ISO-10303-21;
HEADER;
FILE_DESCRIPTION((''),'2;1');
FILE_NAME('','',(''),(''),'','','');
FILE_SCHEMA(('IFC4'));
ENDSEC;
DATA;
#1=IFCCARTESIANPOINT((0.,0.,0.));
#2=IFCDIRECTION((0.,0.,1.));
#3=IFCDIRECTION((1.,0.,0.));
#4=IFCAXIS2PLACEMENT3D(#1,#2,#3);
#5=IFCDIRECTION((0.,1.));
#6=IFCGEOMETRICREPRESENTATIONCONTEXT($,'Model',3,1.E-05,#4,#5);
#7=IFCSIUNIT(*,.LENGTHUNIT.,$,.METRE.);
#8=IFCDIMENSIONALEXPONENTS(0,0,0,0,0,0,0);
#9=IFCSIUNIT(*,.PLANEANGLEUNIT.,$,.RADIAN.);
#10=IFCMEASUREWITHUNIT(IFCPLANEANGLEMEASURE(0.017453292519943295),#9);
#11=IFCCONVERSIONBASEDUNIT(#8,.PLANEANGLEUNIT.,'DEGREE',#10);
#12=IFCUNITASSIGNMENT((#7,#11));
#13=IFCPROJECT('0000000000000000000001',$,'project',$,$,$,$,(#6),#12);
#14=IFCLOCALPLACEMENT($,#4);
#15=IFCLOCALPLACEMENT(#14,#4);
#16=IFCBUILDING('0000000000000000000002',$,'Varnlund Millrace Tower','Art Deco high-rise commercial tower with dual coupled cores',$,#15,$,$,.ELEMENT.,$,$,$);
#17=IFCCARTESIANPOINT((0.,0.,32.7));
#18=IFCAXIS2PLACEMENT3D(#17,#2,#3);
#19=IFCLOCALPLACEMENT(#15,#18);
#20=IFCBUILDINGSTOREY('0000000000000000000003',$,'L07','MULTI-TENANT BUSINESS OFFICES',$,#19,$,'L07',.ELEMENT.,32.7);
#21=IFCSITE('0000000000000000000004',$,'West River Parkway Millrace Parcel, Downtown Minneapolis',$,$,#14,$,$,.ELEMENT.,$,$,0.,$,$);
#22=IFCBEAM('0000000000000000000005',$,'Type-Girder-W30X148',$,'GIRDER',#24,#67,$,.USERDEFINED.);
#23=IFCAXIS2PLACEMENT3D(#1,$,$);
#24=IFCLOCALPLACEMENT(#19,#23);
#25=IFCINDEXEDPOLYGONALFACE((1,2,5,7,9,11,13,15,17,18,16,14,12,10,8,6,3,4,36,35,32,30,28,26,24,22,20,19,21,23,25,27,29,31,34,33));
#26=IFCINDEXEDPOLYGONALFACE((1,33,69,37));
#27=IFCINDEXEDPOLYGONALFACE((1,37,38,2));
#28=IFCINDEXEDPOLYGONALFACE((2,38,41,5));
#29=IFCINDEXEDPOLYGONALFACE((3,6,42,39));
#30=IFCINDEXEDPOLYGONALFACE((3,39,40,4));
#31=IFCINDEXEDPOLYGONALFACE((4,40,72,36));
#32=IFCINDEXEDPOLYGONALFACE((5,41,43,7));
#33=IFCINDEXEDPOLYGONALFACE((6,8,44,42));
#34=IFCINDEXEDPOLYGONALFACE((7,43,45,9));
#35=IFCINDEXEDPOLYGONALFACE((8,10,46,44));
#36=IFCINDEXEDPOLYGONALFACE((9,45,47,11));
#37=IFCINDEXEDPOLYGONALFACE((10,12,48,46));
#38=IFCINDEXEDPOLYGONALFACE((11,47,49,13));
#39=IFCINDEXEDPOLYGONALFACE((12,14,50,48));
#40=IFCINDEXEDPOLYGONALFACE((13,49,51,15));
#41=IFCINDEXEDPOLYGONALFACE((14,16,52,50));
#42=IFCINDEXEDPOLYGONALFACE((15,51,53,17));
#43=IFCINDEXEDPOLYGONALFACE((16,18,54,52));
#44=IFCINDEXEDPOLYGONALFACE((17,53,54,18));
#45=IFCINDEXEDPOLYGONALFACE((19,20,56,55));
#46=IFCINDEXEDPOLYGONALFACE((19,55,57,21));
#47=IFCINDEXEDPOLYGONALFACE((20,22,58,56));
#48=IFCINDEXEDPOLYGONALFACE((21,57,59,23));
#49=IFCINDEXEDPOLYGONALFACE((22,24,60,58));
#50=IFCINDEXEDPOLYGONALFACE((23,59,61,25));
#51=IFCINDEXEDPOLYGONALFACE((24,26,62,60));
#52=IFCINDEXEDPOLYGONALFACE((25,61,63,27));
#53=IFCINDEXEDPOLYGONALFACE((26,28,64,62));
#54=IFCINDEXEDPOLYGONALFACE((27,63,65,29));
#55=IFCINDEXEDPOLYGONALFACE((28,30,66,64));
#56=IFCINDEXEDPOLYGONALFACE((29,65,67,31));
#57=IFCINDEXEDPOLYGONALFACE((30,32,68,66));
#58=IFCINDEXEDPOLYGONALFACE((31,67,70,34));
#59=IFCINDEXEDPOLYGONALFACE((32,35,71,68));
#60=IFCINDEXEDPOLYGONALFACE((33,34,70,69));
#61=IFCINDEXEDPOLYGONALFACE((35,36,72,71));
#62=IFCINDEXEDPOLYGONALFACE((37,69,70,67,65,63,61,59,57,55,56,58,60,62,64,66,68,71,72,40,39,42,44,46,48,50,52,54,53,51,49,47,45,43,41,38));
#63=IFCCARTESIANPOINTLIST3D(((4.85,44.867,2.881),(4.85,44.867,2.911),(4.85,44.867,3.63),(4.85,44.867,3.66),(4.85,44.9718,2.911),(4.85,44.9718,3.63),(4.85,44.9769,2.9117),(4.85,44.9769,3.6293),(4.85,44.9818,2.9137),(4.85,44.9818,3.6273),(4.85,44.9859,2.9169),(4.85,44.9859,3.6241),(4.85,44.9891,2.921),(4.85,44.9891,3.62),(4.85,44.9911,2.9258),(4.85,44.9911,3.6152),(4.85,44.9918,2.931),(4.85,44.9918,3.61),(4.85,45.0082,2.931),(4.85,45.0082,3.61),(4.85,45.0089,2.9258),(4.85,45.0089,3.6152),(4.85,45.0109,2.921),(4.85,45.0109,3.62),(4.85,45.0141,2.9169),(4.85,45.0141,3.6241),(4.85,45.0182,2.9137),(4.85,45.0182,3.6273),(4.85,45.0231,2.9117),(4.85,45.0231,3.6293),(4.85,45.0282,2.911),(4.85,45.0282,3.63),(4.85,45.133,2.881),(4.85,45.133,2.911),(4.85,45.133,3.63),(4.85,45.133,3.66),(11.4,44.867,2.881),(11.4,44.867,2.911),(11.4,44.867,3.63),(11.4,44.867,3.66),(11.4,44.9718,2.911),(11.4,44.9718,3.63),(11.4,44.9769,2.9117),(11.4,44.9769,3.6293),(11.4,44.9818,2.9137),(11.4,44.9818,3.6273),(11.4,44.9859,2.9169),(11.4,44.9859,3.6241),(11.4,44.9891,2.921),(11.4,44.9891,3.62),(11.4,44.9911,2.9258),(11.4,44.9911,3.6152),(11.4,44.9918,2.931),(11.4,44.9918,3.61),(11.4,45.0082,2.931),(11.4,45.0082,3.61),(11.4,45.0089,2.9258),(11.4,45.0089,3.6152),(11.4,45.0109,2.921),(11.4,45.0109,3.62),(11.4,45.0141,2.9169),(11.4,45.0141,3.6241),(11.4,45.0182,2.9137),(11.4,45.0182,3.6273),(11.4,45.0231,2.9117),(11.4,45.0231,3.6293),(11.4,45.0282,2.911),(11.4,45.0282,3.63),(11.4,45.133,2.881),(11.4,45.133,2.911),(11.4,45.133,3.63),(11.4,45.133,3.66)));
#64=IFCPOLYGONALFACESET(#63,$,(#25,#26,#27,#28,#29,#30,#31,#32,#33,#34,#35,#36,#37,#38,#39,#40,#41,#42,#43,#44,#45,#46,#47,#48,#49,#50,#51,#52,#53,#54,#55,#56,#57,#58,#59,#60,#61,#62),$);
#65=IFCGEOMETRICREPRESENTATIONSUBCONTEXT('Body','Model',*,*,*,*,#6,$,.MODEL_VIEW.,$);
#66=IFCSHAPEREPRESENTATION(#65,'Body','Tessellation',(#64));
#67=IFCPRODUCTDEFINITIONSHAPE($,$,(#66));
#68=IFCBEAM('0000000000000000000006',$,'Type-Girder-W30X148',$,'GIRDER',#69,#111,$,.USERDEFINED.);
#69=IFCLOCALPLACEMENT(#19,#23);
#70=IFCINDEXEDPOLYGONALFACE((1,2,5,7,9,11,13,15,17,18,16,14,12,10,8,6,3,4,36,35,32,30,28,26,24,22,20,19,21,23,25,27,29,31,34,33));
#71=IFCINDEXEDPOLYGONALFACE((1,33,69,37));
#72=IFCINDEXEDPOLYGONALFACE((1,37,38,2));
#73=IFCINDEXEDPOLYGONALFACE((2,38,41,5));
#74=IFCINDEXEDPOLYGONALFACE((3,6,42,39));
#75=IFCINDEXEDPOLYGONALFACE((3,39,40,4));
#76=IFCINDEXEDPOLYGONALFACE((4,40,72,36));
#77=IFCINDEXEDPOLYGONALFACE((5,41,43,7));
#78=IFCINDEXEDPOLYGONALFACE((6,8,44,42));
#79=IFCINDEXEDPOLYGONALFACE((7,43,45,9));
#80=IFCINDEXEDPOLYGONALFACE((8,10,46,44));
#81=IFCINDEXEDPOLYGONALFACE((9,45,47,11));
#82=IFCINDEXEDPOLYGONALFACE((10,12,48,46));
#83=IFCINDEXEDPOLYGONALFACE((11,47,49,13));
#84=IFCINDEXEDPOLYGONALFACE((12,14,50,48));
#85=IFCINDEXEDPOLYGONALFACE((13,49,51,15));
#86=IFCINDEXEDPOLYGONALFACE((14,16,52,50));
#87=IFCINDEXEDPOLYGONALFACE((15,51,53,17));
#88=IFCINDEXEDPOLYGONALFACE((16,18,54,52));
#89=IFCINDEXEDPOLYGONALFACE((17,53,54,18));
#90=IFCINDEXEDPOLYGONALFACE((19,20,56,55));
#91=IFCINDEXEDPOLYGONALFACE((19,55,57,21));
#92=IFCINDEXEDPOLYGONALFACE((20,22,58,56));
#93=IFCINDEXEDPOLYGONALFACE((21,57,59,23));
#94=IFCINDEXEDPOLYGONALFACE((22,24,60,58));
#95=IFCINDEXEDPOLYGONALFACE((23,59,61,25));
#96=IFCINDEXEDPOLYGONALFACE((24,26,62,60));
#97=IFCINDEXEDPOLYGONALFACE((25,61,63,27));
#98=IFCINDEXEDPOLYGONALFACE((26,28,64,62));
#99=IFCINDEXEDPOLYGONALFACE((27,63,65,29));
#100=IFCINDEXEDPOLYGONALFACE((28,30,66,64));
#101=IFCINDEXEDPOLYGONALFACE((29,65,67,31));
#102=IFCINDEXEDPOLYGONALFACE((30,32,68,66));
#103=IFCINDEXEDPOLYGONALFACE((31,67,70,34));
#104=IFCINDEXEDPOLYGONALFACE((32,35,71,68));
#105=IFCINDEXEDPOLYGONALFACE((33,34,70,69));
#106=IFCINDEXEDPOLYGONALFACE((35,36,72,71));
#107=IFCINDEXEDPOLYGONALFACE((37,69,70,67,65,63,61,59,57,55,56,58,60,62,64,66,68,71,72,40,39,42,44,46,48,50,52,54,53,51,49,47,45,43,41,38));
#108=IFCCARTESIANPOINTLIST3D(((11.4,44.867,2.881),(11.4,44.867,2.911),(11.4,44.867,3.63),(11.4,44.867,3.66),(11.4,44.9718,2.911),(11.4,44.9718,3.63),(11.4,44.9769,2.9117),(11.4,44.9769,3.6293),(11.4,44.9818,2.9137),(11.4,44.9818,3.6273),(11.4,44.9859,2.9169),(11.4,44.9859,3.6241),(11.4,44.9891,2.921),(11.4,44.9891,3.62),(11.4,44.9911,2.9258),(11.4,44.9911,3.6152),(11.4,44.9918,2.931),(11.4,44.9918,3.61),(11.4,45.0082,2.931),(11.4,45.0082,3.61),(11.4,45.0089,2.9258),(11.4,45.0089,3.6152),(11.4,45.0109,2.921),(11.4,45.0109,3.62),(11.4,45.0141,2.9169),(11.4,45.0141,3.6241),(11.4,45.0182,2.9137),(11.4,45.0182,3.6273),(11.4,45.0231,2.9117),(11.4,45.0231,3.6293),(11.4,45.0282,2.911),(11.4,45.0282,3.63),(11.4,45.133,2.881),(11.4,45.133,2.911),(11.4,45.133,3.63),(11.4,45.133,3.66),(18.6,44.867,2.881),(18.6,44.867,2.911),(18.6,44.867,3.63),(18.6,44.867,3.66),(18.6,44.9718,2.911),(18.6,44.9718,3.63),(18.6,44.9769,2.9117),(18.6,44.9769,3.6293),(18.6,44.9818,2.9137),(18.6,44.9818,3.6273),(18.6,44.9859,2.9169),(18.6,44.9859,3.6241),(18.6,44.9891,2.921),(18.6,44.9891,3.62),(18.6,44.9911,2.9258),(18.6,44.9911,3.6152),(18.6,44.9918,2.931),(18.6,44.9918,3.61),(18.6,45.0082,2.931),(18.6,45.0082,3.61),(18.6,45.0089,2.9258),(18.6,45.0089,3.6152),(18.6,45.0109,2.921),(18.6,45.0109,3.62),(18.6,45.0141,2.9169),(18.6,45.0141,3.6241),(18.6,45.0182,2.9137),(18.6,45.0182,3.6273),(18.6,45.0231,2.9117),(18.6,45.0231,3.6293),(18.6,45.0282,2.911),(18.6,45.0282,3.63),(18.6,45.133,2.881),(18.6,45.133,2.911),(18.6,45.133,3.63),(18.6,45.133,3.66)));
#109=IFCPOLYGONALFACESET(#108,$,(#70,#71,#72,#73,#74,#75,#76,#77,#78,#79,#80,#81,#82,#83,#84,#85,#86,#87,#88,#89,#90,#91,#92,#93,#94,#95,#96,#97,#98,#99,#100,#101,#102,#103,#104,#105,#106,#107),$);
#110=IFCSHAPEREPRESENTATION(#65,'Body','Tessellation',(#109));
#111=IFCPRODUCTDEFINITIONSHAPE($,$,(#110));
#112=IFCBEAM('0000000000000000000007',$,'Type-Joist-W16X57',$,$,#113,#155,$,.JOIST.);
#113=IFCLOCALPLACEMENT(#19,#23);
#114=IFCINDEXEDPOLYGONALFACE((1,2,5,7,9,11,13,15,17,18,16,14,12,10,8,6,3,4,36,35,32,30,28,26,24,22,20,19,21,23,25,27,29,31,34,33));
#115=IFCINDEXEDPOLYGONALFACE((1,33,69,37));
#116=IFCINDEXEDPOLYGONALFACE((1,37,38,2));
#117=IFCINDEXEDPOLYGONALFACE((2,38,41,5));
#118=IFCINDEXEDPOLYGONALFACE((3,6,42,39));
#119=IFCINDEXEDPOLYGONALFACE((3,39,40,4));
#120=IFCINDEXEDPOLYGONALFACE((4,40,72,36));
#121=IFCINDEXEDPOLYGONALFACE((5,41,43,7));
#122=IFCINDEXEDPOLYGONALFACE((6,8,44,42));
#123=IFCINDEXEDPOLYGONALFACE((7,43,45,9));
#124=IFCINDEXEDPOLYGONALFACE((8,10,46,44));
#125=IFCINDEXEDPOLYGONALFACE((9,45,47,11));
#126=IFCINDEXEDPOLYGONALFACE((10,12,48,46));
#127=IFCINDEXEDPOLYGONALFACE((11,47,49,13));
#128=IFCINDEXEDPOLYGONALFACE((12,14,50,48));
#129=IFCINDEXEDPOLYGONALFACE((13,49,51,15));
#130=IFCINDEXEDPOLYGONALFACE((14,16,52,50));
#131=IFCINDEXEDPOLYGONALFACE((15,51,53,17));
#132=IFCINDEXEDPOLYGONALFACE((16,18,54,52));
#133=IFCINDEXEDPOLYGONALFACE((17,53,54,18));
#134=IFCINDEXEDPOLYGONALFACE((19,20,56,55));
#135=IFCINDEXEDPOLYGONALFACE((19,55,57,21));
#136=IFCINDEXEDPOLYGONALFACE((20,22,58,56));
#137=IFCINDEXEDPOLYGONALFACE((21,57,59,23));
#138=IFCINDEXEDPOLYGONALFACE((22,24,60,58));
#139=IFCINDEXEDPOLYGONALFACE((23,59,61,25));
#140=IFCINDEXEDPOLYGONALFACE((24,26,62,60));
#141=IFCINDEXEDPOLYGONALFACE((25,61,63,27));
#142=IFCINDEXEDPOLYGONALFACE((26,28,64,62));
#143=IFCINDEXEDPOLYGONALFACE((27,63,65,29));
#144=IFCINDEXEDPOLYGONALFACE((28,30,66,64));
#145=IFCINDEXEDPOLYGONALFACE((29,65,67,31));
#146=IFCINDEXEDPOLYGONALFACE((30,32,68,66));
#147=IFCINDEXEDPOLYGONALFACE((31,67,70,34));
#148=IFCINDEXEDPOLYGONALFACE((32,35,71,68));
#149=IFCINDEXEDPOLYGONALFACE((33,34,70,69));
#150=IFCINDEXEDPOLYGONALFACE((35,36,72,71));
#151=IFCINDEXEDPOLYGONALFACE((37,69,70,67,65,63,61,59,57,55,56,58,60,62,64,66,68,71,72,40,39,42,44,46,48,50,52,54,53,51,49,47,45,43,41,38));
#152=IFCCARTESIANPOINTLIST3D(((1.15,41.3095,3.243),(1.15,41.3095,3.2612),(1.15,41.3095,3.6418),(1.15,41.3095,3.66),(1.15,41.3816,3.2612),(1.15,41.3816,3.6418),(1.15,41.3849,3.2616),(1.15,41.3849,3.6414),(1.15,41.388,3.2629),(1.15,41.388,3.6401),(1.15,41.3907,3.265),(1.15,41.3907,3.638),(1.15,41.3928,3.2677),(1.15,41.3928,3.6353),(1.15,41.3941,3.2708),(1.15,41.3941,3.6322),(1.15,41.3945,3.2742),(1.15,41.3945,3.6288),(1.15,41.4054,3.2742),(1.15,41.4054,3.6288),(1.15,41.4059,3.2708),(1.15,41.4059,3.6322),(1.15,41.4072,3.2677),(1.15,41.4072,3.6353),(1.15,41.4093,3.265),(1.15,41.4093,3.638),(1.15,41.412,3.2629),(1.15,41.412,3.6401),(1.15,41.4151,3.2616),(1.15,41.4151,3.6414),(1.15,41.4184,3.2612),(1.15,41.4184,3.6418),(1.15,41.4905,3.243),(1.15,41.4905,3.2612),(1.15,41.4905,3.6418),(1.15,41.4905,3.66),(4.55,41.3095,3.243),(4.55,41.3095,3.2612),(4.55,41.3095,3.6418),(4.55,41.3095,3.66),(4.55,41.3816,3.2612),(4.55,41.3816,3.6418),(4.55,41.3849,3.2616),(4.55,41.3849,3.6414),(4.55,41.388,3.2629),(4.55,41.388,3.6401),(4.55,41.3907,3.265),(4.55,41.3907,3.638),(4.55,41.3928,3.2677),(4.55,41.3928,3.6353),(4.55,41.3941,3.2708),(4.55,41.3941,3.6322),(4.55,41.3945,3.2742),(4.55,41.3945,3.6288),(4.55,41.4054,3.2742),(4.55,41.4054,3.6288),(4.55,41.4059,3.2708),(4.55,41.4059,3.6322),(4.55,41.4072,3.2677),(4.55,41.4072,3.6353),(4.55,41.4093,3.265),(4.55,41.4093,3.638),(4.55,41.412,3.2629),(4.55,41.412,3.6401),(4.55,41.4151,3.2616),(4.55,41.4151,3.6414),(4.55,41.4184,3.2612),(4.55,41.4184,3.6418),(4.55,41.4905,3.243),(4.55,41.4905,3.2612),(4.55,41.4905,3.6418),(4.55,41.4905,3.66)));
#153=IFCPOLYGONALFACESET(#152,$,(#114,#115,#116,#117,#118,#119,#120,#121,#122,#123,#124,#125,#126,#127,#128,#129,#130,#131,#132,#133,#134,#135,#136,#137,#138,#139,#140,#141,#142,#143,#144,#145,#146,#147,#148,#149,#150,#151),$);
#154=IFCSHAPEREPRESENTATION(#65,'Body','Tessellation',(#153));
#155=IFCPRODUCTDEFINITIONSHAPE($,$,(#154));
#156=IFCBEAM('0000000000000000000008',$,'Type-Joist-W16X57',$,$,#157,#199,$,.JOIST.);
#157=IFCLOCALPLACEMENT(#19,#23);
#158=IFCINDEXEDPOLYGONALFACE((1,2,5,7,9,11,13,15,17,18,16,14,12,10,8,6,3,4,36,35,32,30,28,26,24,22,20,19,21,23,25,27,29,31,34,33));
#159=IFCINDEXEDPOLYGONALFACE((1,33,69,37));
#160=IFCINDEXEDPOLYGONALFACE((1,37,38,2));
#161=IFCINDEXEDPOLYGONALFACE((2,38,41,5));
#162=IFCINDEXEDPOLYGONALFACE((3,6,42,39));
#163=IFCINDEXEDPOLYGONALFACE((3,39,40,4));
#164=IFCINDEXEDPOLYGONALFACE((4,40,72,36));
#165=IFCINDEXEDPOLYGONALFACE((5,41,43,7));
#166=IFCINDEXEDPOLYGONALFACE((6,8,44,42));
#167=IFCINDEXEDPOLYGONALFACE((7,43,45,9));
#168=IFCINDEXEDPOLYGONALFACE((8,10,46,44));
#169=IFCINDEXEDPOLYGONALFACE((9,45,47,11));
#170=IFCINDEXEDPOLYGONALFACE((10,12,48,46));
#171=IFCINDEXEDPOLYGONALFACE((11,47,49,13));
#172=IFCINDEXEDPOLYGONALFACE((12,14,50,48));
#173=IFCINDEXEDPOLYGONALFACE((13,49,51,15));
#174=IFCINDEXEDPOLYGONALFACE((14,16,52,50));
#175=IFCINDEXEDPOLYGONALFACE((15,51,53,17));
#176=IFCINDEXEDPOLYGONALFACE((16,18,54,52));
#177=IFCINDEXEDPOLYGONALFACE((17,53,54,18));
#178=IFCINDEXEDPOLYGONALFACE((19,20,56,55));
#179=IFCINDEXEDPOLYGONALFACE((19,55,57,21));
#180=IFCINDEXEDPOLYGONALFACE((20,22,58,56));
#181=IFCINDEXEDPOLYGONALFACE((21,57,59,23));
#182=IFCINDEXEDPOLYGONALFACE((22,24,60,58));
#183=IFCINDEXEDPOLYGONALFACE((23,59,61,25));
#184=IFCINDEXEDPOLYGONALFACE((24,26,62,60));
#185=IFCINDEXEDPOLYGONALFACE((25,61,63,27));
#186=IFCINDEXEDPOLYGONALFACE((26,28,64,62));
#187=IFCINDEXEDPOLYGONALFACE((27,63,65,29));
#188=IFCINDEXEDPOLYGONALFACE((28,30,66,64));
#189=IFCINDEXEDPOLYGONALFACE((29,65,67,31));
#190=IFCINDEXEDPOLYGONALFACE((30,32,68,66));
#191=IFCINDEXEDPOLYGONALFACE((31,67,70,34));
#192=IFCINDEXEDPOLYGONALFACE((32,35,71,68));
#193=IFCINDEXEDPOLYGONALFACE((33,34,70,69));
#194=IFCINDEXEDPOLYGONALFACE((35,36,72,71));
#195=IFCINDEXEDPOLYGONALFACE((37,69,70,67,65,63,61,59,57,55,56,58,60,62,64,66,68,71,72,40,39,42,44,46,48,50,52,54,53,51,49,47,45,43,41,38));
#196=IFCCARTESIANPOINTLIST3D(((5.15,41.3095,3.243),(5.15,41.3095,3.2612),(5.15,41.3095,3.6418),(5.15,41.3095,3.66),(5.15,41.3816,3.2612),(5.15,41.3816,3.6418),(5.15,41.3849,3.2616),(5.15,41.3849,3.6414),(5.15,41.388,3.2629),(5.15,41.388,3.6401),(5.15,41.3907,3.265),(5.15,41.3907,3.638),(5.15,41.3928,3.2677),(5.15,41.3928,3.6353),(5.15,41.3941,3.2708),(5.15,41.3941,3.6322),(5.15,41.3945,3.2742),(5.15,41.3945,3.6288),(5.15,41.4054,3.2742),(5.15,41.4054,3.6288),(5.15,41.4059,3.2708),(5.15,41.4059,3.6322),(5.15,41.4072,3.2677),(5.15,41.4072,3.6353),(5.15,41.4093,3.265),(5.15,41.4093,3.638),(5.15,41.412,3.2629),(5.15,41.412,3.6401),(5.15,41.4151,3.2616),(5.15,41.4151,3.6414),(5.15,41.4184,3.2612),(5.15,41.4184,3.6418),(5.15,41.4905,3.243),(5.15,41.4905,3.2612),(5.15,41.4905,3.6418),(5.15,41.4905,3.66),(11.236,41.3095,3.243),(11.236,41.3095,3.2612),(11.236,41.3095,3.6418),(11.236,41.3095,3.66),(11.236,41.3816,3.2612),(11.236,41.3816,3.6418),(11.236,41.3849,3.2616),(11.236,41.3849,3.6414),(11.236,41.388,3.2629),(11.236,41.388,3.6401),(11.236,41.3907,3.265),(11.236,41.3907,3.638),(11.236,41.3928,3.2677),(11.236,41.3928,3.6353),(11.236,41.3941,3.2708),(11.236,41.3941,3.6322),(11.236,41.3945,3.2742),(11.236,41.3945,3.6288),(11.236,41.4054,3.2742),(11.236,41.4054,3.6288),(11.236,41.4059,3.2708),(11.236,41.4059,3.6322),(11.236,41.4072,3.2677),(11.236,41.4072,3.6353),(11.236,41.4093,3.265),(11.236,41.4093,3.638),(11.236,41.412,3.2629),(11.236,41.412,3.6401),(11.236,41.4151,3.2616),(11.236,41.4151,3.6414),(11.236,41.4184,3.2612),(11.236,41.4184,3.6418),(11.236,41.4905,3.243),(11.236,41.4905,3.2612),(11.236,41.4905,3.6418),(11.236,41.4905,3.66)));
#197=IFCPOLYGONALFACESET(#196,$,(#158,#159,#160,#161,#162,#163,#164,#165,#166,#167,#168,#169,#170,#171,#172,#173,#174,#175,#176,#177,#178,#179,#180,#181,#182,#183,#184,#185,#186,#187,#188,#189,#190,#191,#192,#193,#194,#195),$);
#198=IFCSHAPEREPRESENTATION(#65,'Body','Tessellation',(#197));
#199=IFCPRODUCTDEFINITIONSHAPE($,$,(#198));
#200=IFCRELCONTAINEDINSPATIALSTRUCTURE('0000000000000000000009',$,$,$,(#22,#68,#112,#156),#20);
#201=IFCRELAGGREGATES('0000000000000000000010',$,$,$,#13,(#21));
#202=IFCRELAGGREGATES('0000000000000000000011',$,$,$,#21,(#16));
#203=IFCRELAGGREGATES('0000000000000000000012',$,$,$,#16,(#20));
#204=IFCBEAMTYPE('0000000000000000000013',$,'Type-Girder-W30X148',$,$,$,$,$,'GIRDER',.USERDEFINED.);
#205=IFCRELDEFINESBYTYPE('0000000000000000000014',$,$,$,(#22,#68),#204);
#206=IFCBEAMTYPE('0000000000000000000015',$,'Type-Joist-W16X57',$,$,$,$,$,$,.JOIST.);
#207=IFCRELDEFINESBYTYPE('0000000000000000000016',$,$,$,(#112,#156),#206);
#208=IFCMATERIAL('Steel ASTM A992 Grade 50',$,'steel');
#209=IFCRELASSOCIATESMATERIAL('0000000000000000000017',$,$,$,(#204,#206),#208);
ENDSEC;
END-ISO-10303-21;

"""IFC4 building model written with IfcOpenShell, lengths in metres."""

from ifc_helpers import new_model, entity, si_unit, converted_unit, direction, frame, origin_with_axes, origin_2d_with_axis, place, context, subcontext, project, spatial, i_section, extrude, material, material_profile, profile_set, type_object, element, save


model = new_model("IFC4")

# Units and contexts
model_context = context("Model", 3, precision=1e-05, world=origin_with_axes(), true_north=direction((0.0, 1.0)))
body_context = subcontext(model_context, "Body", "Model", "MODEL_VIEW")
ifc_project = project(units=[si_unit("LENGTHUNIT", "METRE"), converted_unit("PLANEANGLEUNIT", "DEGREE", entity("IfcPlaneAngleMeasure", 0.017453292519943295), si_unit("PLANEANGLEUNIT", "RADIAN"), dimensions=[0, 0, 0, 0, 0, 0, 0])], contexts=[model_context])

# Site, building, storey
site_placement = place(None, origin_with_axes())
site = spatial("IfcSite", under=ifc_project, at=site_placement, Name="West River Parkway Millrace Parcel, Downtown Minneapolis", CompositionType="ELEMENT", RefElevation=0.0)
building_placement = place(site_placement, origin_with_axes())
building = spatial("IfcBuilding", under=site, at=building_placement, Name="Varnlund Millrace Tower", Description="Art Deco high-rise commercial tower with dual coupled cores", CompositionType="ELEMENT")
storey_placement = place(building_placement, frame((0.0, 0.0, 32.7), z_axis=(0.0, 0.0, 1.0), x_axis=(1.0, 0.0, 0.0)))
storey = spatial("IfcBuildingStorey", under=building, at=storey_placement, Name="L07", Description="MULTI-TENANT BUSINESS OFFICES", LongName="L07", CompositionType="ELEMENT", Elevation=32.7)

# Beams
ifc_material_1 = material(Name="Steel ASTM A992 Grade 50", Category="steel")
ifc_material_profile_1 = material_profile(ifc_material_1, i_section(OverallWidth=0.266, OverallDepth=0.779, WebThickness=0.0165, FlangeThickness=0.03, FilletRadius=0.02, at=origin_2d_with_axis()), Name="Steel ASTM A992 Grade 50")
ifc_profile_set_1 = profile_set([ifc_material_profile_1], Name="Steel ASTM A992 Grade 50")
beam_type_1 = type_object("IfcBeamType", Name="Type-Girder-W30X148", ElementType="GIRDER", PredefinedType="USERDEFINED", material=ifc_profile_set_1)
beam_1_placement = place(storey_placement, frame((4.85, 45.0, 3.2705), z_axis=(1.0, 0.0, 0.0), x_axis=(0.0, 1.0, 0.0)))
element("IfcBeam", 1, at=beam_1_placement, inside=storey, type_object=beam_type_1, Name="Type-Girder-W30X148", ObjectType="GIRDER", PredefinedType="USERDEFINED", context=body_context, shape_type="SweptSolid", body=[
    extrude(i_section(OverallWidth=0.266, OverallDepth=0.779, WebThickness=0.0165, FlangeThickness=0.03, FilletRadius=0.02, at=origin_2d_with_axis()), origin_with_axes(), (0.0, 0.0, 1.0), 6.55),
])
beam_2_placement = place(storey_placement, frame((11.4, 45.0, 3.2705), z_axis=(1.0, 0.0, 0.0), x_axis=(0.0, 1.0, 0.0)))
element("IfcBeam", 2, at=beam_2_placement, inside=storey, type_object=beam_type_1, Name="Type-Girder-W30X148", ObjectType="GIRDER", PredefinedType="USERDEFINED", context=body_context, shape_type="SweptSolid", body=[
    extrude(i_section(OverallWidth=0.266, OverallDepth=0.779, WebThickness=0.0165, FlangeThickness=0.03, FilletRadius=0.02, at=origin_2d_with_axis()), origin_with_axes(), (0.0, 0.0, 1.0), 7.2),
])
ifc_material_profile_2 = material_profile(ifc_material_1, i_section(OverallWidth=0.181, OverallDepth=0.417, WebThickness=0.0109, FlangeThickness=0.0182, FilletRadius=0.013, at=origin_2d_with_axis()), Name="Steel ASTM A992 Grade 50")
ifc_profile_set_2 = profile_set([ifc_material_profile_2], Name="Steel ASTM A992 Grade 50")
beam_type_2 = type_object("IfcBeamType", Name="Type-Joist-W16X57", PredefinedType="JOIST", material=ifc_profile_set_2)
beam_3_placement = place(storey_placement, frame((1.15, 41.4, 3.4515), z_axis=(1.0, 0.0, 0.0), x_axis=(0.0, 1.0, 0.0)))
element("IfcBeam", 3, at=beam_3_placement, inside=storey, type_object=beam_type_2, Name="Type-Joist-W16X57", PredefinedType="JOIST", context=body_context, shape_type="SweptSolid", body=[
    extrude(i_section(OverallWidth=0.181, OverallDepth=0.417, WebThickness=0.0109, FlangeThickness=0.0182, FilletRadius=0.013, at=origin_2d_with_axis()), origin_with_axes(), (0.0, 0.0, 1.0), 3.4),
])
beam_4_placement = place(storey_placement, frame((5.15, 41.4, 3.4515), z_axis=(1.0, 0.0, 0.0), x_axis=(0.0, 1.0, 0.0)))
element("IfcBeam", 4, at=beam_4_placement, inside=storey, type_object=beam_type_2, Name="Type-Joist-W16X57", PredefinedType="JOIST", context=body_context, shape_type="SweptSolid", body=[
    extrude(i_section(OverallWidth=0.181, OverallDepth=0.417, WebThickness=0.0109, FlangeThickness=0.0182, FilletRadius=0.013, at=origin_2d_with_axis()), origin_with_axes(), (0.0, 0.0, 1.0), 6.086),
])

save(model, "model.ifc")
